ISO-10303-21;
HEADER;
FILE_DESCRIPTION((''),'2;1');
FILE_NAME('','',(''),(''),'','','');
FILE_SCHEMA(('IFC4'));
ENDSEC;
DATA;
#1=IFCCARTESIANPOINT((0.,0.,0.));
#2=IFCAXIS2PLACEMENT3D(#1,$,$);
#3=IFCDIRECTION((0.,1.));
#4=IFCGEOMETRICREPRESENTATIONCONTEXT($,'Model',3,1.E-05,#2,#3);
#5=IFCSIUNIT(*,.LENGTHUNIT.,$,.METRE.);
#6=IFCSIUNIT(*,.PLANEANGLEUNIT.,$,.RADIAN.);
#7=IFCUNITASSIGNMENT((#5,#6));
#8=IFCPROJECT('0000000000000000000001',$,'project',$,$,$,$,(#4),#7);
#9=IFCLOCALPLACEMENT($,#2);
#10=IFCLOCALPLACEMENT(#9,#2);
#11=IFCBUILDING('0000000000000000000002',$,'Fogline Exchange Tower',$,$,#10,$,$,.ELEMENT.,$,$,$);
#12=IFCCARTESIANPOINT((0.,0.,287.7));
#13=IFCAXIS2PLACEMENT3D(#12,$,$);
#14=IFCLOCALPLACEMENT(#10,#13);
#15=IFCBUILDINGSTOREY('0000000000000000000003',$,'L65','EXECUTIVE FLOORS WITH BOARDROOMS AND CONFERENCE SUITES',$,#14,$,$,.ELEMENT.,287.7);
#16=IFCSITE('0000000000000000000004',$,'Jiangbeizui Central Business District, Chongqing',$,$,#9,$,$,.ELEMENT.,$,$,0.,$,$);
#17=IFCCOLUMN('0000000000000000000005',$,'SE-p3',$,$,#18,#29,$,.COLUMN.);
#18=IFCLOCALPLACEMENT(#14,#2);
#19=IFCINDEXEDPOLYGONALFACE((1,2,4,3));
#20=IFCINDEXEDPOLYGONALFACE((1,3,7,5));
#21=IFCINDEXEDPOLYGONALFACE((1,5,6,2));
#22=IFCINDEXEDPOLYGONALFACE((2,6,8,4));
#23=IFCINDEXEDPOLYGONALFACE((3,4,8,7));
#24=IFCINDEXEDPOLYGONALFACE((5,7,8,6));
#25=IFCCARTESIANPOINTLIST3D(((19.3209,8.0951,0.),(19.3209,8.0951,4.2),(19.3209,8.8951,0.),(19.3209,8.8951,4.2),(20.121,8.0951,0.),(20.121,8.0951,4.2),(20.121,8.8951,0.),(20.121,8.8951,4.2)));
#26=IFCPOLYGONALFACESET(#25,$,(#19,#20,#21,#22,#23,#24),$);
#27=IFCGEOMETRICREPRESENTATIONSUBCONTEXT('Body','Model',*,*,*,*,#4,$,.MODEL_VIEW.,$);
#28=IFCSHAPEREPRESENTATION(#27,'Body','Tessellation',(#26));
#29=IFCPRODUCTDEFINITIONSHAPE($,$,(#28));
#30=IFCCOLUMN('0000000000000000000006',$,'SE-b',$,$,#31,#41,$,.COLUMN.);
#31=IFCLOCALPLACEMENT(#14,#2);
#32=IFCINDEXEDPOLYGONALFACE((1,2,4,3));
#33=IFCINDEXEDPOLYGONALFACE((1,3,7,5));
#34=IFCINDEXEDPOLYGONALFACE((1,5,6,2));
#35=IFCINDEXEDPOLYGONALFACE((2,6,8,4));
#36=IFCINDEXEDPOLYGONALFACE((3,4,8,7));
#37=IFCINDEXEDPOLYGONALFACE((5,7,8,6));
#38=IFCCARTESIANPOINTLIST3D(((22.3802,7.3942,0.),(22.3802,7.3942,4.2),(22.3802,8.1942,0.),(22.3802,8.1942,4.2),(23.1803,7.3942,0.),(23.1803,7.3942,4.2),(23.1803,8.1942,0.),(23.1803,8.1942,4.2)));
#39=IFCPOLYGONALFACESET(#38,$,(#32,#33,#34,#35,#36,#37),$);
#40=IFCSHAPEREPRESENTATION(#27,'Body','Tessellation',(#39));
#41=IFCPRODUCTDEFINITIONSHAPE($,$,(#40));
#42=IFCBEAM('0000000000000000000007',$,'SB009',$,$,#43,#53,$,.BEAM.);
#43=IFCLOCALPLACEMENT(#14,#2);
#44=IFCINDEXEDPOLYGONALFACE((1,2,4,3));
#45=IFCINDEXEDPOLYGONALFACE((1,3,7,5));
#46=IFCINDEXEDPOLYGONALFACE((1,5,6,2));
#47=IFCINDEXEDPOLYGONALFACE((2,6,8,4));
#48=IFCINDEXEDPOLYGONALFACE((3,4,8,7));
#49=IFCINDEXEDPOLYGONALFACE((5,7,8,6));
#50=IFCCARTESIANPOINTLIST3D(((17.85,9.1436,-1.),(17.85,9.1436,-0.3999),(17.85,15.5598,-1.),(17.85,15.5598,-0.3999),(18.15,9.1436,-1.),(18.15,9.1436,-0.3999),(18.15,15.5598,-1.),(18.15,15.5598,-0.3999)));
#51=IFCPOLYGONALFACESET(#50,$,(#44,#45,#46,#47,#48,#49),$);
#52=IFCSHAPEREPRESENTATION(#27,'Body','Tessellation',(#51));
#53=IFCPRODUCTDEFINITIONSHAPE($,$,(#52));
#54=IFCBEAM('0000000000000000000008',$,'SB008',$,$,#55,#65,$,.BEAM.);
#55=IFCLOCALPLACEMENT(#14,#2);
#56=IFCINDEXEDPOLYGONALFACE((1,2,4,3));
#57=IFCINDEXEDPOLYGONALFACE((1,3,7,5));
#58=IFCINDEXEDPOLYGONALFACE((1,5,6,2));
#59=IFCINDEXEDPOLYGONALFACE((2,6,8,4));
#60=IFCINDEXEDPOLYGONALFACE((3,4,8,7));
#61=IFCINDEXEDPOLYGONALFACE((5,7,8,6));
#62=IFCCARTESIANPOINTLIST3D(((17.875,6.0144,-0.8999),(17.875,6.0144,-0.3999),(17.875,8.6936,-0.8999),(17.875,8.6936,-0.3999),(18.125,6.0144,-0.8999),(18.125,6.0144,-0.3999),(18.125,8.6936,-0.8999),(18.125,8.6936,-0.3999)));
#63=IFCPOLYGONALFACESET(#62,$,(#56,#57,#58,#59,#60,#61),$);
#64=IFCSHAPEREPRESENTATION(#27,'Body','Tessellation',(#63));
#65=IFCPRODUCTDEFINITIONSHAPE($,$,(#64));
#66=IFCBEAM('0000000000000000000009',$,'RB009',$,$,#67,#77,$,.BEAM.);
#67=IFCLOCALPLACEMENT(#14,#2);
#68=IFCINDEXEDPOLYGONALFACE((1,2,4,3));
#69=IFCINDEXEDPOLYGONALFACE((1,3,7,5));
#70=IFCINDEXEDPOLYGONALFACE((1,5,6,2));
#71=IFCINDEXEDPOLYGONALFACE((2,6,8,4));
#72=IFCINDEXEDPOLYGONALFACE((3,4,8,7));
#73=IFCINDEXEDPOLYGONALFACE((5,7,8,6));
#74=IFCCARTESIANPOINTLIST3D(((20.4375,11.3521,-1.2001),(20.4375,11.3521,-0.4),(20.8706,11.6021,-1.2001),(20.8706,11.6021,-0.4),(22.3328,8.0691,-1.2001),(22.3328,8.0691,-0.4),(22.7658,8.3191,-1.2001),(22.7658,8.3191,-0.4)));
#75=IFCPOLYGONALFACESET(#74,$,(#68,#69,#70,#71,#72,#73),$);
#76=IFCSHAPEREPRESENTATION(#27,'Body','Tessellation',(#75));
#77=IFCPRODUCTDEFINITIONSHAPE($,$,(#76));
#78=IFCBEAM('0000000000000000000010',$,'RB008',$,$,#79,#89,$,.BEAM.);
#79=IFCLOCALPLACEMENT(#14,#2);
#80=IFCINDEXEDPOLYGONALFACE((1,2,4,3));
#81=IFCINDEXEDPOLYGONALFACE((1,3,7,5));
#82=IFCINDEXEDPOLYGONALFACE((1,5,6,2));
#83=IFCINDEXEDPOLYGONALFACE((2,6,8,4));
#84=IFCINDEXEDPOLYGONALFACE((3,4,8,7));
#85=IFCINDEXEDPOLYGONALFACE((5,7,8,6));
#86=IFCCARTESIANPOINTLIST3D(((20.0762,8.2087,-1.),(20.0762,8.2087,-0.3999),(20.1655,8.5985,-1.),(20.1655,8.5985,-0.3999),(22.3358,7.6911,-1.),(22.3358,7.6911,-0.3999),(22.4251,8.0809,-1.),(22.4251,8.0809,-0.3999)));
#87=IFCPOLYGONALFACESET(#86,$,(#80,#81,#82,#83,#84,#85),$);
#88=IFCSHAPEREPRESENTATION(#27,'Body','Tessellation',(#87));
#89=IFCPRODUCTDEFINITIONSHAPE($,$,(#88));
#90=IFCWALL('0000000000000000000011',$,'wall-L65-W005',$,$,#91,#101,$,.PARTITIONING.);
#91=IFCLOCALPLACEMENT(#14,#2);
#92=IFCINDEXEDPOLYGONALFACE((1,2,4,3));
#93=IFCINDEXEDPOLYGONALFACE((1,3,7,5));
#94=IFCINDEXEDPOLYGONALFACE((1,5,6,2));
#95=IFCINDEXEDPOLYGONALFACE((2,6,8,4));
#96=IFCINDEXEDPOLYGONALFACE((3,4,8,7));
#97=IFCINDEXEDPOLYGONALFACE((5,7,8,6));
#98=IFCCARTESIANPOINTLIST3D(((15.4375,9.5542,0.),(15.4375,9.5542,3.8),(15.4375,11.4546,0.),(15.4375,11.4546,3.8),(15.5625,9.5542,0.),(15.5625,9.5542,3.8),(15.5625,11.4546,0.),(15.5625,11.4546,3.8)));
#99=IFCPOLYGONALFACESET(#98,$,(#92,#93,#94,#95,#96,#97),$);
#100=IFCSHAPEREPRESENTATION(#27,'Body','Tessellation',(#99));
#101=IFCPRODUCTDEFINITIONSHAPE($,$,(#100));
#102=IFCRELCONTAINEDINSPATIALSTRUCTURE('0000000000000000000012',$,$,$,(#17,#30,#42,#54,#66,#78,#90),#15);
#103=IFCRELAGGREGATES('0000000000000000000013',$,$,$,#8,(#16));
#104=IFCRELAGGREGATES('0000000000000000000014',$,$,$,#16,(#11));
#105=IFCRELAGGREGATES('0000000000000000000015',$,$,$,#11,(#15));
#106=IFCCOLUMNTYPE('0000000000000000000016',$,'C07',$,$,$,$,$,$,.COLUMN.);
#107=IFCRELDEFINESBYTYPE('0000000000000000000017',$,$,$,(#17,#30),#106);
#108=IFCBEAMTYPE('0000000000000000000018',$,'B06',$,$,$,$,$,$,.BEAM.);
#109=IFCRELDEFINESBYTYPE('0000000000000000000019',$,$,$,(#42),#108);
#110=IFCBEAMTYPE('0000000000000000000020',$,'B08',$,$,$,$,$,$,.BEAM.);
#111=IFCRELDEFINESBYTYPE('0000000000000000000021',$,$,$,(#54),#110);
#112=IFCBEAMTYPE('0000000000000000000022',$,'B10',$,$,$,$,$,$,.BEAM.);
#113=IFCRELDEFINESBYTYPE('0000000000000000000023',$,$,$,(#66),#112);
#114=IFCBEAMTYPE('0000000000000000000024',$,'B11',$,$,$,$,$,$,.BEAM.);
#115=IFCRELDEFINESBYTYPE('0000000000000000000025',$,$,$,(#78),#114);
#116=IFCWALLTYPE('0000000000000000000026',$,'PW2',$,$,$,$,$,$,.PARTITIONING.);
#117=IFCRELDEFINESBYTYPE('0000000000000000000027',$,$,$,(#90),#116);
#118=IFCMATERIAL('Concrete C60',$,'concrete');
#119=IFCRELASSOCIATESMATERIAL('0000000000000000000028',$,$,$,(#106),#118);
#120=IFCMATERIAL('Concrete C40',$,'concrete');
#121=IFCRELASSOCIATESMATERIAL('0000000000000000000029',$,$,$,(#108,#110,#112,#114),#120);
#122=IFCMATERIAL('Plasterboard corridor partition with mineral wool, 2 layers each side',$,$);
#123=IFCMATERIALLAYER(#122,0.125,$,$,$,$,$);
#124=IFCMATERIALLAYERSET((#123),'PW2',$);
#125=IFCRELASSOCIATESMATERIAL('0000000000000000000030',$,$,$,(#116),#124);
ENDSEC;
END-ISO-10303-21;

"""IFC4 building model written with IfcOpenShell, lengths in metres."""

from ifc_helpers import new_model, si_unit, direction, frame, frame_2d, origin, origin_2d, place, context, subcontext, project, spatial, rectangle, extrude, material, layer, layer_set, material_profile, profile_set, type_object, element, save


model = new_model("IFC4")

# Units and contexts
model_context = context("Model", 3, precision=1e-05, world=origin(), true_north=direction((0.0, 1.0)))
body_context = subcontext(model_context, "Body", "Model", "MODEL_VIEW")
ifc_project = project(units=[si_unit("LENGTHUNIT", "METRE"), si_unit("PLANEANGLEUNIT", "RADIAN")], contexts=[model_context])

# Site, building, storey
site_placement = place(None, origin())
site = spatial("IfcSite", under=ifc_project, at=site_placement, Name="Jiangbeizui Central Business District, Chongqing", CompositionType="ELEMENT", RefElevation=0.0)
building_placement = place(site_placement, origin())
building = spatial("IfcBuilding", under=site, at=building_placement, Name="Fogline Exchange Tower", CompositionType="ELEMENT")
storey_placement = place(building_placement, frame((0.0, 0.0, 287.7)))
storey = spatial("IfcBuildingStorey", under=building, at=storey_placement, Name="L65", Description="EXECUTIVE FLOORS WITH BOARDROOMS AND CONFERENCE SUITES", CompositionType="ELEMENT", Elevation=287.7)

# Columns
ifc_material_1 = material(Name="Concrete C60", Category="concrete")
ifc_material_profile_1 = material_profile(ifc_material_1, rectangle(XDim=0.8, YDim=0.8, at=origin_2d()), Name="RC 800x800")
ifc_profile_set_1 = profile_set([ifc_material_profile_1], Name="Concrete C60")
column_type = type_object("IfcColumnType", Name="C07", PredefinedType="COLUMN", material=ifc_profile_set_1)
for number, where, z_axis, x_axis, name in (
    (1, (19.7209, 8.4951, 0.0), (0.0, 0.0, 1.0), (1.0, 0.0, 0.0), "SE-p3"),
    (2, (22.7803, 7.7942, 0.0), (0.0, 0.0, 1.0), (1.0, 0.0, 0.0), "SE-b"),
):
    element("IfcColumn", number, at=place(storey_placement, frame(where, z_axis=z_axis, x_axis=x_axis)), inside=storey, type_object=column_type, Name=name, PredefinedType="COLUMN", context=body_context, shape_type="SweptSolid", body=[
        extrude(rectangle(XDim=0.8, YDim=0.8, at=origin_2d()), origin(), (0.0, 0.0, 1.0), 4.2),
    ])

# Beams
ifc_material_2 = material(Name="Concrete C40", Category="concrete")
ifc_material_profile_2 = material_profile(ifc_material_2, rectangle(XDim=0.3, YDim=0.6001, at=origin_2d()), Name="RC 300x600")
ifc_profile_set_2 = profile_set([ifc_material_profile_2], Name="Concrete C40")
beam_type_1 = type_object("IfcBeamType", Name="B06", PredefinedType="BEAM", material=ifc_profile_set_2)
beam_1_placement = place(storey_placement, frame((18.0, 9.1436, -0.7), z_axis=(0.0, 1.0, 0.0), x_axis=(-1.0, 0.0, 0.0)))
element("IfcBeam", 3, at=beam_1_placement, inside=storey, type_object=beam_type_1, Name="SB009", PredefinedType="BEAM", context=body_context, shape_type="SweptSolid", body=[
    extrude(rectangle(XDim=0.3, YDim=0.6001, at=origin_2d()), origin(), (0.0, 0.0, 1.0), 6.4163),
])
ifc_material_profile_3 = material_profile(ifc_material_2, rectangle(XDim=0.25, YDim=0.5, at=origin_2d()), Name="RC 250x500")
ifc_profile_set_3 = profile_set([ifc_material_profile_3], Name="Concrete C40")
beam_type_2 = type_object("IfcBeamType", Name="B08", PredefinedType="BEAM", material=ifc_profile_set_3)
beam_2_placement = place(storey_placement, frame((18.0, 6.0144, -0.6499), z_axis=(0.0, 1.0, 0.0), x_axis=(-1.0, 0.0, 0.0)))
element("IfcBeam", 4, at=beam_2_placement, inside=storey, type_object=beam_type_2, Name="SB008", PredefinedType="BEAM", context=body_context, shape_type="SweptSolid", body=[
    extrude(rectangle(XDim=0.25, YDim=0.5, at=origin_2d()), origin(), (0.0, 0.0, 1.0), 2.6792),
])
ifc_material_profile_4 = material_profile(ifc_material_2, rectangle(XDim=0.5, YDim=0.8, at=origin_2d()), Name="RC 500x800")
ifc_profile_set_4 = profile_set([ifc_material_profile_4], Name="Concrete C40")
beam_type_3 = type_object("IfcBeamType", Name="B10", PredefinedType="BEAM", material=ifc_profile_set_4)
beam_3_placement = place(storey_placement, frame((22.5493, 8.1941, -0.8), z_axis=(-0.49997, 0.866043, 0.0), x_axis=(-0.866043, -0.49997, 0.0)))
element("IfcBeam", 5, at=beam_3_placement, inside=storey, type_object=beam_type_3, Name="RB009", PredefinedType="BEAM", context=body_context, shape_type="SweptSolid", body=[
    extrude(rectangle(XDim=0.5, YDim=0.8, at=origin_2d()), origin(), (0.0, 0.0, 1.0), 3.7908),
])
ifc_material_profile_5 = material_profile(ifc_material_2, rectangle(XDim=0.3999, YDim=0.6001, at=origin_2d()), Name="RC 400x600")
ifc_profile_set_5 = profile_set([ifc_material_profile_5], Name="Concrete C40")
beam_type_4 = type_object("IfcBeamType", Name="B11", PredefinedType="BEAM", material=ifc_profile_set_5)
beam_4_placement = place(storey_placement, frame((20.1208, 8.4036, -0.7), z_axis=(0.974754, -0.223282, 0.0), x_axis=(0.223282, 0.974754, 0.0)))
element("IfcBeam", 6, at=beam_4_placement, inside=storey, type_object=beam_type_4, Name="RB008", PredefinedType="BEAM", context=body_context, shape_type="SweptSolid", body=[
    extrude(rectangle(XDim=0.3999, YDim=0.6001, at=origin_2d()), origin(), (0.0, 0.0, 1.0), 2.3181),
])

# Wall
ifc_material_3 = material(Name="Plasterboard corridor partition with mineral wool, 2 layers each side")
ifc_layer_1 = layer(ifc_material_3, 0.125)
ifc_layer_set_1 = layer_set([ifc_layer_1], Name="PW2")
wall_type_1 = type_object("IfcWallType", Name="PW2", PredefinedType="PARTITIONING", material=ifc_layer_set_1)
wall_1_placement = place(storey_placement, frame((15.5, 11.4546, 0.0), z_axis=(0.0, 0.0, 1.0), x_axis=(0.0, -1.0, 0.0)))
element("IfcWall", 7, at=wall_1_placement, inside=storey, type_object=wall_type_1, Name="wall-L65-W005", PredefinedType="PARTITIONING", context=body_context, shape_type="SweptSolid", body=[
    extrude(rectangle(XDim=1.9004, YDim=0.125, at=frame_2d((0.9502, 0.0))), origin(), (0.0, 0.0, 1.0), 3.8),
])

save(model, "model.ifc")
